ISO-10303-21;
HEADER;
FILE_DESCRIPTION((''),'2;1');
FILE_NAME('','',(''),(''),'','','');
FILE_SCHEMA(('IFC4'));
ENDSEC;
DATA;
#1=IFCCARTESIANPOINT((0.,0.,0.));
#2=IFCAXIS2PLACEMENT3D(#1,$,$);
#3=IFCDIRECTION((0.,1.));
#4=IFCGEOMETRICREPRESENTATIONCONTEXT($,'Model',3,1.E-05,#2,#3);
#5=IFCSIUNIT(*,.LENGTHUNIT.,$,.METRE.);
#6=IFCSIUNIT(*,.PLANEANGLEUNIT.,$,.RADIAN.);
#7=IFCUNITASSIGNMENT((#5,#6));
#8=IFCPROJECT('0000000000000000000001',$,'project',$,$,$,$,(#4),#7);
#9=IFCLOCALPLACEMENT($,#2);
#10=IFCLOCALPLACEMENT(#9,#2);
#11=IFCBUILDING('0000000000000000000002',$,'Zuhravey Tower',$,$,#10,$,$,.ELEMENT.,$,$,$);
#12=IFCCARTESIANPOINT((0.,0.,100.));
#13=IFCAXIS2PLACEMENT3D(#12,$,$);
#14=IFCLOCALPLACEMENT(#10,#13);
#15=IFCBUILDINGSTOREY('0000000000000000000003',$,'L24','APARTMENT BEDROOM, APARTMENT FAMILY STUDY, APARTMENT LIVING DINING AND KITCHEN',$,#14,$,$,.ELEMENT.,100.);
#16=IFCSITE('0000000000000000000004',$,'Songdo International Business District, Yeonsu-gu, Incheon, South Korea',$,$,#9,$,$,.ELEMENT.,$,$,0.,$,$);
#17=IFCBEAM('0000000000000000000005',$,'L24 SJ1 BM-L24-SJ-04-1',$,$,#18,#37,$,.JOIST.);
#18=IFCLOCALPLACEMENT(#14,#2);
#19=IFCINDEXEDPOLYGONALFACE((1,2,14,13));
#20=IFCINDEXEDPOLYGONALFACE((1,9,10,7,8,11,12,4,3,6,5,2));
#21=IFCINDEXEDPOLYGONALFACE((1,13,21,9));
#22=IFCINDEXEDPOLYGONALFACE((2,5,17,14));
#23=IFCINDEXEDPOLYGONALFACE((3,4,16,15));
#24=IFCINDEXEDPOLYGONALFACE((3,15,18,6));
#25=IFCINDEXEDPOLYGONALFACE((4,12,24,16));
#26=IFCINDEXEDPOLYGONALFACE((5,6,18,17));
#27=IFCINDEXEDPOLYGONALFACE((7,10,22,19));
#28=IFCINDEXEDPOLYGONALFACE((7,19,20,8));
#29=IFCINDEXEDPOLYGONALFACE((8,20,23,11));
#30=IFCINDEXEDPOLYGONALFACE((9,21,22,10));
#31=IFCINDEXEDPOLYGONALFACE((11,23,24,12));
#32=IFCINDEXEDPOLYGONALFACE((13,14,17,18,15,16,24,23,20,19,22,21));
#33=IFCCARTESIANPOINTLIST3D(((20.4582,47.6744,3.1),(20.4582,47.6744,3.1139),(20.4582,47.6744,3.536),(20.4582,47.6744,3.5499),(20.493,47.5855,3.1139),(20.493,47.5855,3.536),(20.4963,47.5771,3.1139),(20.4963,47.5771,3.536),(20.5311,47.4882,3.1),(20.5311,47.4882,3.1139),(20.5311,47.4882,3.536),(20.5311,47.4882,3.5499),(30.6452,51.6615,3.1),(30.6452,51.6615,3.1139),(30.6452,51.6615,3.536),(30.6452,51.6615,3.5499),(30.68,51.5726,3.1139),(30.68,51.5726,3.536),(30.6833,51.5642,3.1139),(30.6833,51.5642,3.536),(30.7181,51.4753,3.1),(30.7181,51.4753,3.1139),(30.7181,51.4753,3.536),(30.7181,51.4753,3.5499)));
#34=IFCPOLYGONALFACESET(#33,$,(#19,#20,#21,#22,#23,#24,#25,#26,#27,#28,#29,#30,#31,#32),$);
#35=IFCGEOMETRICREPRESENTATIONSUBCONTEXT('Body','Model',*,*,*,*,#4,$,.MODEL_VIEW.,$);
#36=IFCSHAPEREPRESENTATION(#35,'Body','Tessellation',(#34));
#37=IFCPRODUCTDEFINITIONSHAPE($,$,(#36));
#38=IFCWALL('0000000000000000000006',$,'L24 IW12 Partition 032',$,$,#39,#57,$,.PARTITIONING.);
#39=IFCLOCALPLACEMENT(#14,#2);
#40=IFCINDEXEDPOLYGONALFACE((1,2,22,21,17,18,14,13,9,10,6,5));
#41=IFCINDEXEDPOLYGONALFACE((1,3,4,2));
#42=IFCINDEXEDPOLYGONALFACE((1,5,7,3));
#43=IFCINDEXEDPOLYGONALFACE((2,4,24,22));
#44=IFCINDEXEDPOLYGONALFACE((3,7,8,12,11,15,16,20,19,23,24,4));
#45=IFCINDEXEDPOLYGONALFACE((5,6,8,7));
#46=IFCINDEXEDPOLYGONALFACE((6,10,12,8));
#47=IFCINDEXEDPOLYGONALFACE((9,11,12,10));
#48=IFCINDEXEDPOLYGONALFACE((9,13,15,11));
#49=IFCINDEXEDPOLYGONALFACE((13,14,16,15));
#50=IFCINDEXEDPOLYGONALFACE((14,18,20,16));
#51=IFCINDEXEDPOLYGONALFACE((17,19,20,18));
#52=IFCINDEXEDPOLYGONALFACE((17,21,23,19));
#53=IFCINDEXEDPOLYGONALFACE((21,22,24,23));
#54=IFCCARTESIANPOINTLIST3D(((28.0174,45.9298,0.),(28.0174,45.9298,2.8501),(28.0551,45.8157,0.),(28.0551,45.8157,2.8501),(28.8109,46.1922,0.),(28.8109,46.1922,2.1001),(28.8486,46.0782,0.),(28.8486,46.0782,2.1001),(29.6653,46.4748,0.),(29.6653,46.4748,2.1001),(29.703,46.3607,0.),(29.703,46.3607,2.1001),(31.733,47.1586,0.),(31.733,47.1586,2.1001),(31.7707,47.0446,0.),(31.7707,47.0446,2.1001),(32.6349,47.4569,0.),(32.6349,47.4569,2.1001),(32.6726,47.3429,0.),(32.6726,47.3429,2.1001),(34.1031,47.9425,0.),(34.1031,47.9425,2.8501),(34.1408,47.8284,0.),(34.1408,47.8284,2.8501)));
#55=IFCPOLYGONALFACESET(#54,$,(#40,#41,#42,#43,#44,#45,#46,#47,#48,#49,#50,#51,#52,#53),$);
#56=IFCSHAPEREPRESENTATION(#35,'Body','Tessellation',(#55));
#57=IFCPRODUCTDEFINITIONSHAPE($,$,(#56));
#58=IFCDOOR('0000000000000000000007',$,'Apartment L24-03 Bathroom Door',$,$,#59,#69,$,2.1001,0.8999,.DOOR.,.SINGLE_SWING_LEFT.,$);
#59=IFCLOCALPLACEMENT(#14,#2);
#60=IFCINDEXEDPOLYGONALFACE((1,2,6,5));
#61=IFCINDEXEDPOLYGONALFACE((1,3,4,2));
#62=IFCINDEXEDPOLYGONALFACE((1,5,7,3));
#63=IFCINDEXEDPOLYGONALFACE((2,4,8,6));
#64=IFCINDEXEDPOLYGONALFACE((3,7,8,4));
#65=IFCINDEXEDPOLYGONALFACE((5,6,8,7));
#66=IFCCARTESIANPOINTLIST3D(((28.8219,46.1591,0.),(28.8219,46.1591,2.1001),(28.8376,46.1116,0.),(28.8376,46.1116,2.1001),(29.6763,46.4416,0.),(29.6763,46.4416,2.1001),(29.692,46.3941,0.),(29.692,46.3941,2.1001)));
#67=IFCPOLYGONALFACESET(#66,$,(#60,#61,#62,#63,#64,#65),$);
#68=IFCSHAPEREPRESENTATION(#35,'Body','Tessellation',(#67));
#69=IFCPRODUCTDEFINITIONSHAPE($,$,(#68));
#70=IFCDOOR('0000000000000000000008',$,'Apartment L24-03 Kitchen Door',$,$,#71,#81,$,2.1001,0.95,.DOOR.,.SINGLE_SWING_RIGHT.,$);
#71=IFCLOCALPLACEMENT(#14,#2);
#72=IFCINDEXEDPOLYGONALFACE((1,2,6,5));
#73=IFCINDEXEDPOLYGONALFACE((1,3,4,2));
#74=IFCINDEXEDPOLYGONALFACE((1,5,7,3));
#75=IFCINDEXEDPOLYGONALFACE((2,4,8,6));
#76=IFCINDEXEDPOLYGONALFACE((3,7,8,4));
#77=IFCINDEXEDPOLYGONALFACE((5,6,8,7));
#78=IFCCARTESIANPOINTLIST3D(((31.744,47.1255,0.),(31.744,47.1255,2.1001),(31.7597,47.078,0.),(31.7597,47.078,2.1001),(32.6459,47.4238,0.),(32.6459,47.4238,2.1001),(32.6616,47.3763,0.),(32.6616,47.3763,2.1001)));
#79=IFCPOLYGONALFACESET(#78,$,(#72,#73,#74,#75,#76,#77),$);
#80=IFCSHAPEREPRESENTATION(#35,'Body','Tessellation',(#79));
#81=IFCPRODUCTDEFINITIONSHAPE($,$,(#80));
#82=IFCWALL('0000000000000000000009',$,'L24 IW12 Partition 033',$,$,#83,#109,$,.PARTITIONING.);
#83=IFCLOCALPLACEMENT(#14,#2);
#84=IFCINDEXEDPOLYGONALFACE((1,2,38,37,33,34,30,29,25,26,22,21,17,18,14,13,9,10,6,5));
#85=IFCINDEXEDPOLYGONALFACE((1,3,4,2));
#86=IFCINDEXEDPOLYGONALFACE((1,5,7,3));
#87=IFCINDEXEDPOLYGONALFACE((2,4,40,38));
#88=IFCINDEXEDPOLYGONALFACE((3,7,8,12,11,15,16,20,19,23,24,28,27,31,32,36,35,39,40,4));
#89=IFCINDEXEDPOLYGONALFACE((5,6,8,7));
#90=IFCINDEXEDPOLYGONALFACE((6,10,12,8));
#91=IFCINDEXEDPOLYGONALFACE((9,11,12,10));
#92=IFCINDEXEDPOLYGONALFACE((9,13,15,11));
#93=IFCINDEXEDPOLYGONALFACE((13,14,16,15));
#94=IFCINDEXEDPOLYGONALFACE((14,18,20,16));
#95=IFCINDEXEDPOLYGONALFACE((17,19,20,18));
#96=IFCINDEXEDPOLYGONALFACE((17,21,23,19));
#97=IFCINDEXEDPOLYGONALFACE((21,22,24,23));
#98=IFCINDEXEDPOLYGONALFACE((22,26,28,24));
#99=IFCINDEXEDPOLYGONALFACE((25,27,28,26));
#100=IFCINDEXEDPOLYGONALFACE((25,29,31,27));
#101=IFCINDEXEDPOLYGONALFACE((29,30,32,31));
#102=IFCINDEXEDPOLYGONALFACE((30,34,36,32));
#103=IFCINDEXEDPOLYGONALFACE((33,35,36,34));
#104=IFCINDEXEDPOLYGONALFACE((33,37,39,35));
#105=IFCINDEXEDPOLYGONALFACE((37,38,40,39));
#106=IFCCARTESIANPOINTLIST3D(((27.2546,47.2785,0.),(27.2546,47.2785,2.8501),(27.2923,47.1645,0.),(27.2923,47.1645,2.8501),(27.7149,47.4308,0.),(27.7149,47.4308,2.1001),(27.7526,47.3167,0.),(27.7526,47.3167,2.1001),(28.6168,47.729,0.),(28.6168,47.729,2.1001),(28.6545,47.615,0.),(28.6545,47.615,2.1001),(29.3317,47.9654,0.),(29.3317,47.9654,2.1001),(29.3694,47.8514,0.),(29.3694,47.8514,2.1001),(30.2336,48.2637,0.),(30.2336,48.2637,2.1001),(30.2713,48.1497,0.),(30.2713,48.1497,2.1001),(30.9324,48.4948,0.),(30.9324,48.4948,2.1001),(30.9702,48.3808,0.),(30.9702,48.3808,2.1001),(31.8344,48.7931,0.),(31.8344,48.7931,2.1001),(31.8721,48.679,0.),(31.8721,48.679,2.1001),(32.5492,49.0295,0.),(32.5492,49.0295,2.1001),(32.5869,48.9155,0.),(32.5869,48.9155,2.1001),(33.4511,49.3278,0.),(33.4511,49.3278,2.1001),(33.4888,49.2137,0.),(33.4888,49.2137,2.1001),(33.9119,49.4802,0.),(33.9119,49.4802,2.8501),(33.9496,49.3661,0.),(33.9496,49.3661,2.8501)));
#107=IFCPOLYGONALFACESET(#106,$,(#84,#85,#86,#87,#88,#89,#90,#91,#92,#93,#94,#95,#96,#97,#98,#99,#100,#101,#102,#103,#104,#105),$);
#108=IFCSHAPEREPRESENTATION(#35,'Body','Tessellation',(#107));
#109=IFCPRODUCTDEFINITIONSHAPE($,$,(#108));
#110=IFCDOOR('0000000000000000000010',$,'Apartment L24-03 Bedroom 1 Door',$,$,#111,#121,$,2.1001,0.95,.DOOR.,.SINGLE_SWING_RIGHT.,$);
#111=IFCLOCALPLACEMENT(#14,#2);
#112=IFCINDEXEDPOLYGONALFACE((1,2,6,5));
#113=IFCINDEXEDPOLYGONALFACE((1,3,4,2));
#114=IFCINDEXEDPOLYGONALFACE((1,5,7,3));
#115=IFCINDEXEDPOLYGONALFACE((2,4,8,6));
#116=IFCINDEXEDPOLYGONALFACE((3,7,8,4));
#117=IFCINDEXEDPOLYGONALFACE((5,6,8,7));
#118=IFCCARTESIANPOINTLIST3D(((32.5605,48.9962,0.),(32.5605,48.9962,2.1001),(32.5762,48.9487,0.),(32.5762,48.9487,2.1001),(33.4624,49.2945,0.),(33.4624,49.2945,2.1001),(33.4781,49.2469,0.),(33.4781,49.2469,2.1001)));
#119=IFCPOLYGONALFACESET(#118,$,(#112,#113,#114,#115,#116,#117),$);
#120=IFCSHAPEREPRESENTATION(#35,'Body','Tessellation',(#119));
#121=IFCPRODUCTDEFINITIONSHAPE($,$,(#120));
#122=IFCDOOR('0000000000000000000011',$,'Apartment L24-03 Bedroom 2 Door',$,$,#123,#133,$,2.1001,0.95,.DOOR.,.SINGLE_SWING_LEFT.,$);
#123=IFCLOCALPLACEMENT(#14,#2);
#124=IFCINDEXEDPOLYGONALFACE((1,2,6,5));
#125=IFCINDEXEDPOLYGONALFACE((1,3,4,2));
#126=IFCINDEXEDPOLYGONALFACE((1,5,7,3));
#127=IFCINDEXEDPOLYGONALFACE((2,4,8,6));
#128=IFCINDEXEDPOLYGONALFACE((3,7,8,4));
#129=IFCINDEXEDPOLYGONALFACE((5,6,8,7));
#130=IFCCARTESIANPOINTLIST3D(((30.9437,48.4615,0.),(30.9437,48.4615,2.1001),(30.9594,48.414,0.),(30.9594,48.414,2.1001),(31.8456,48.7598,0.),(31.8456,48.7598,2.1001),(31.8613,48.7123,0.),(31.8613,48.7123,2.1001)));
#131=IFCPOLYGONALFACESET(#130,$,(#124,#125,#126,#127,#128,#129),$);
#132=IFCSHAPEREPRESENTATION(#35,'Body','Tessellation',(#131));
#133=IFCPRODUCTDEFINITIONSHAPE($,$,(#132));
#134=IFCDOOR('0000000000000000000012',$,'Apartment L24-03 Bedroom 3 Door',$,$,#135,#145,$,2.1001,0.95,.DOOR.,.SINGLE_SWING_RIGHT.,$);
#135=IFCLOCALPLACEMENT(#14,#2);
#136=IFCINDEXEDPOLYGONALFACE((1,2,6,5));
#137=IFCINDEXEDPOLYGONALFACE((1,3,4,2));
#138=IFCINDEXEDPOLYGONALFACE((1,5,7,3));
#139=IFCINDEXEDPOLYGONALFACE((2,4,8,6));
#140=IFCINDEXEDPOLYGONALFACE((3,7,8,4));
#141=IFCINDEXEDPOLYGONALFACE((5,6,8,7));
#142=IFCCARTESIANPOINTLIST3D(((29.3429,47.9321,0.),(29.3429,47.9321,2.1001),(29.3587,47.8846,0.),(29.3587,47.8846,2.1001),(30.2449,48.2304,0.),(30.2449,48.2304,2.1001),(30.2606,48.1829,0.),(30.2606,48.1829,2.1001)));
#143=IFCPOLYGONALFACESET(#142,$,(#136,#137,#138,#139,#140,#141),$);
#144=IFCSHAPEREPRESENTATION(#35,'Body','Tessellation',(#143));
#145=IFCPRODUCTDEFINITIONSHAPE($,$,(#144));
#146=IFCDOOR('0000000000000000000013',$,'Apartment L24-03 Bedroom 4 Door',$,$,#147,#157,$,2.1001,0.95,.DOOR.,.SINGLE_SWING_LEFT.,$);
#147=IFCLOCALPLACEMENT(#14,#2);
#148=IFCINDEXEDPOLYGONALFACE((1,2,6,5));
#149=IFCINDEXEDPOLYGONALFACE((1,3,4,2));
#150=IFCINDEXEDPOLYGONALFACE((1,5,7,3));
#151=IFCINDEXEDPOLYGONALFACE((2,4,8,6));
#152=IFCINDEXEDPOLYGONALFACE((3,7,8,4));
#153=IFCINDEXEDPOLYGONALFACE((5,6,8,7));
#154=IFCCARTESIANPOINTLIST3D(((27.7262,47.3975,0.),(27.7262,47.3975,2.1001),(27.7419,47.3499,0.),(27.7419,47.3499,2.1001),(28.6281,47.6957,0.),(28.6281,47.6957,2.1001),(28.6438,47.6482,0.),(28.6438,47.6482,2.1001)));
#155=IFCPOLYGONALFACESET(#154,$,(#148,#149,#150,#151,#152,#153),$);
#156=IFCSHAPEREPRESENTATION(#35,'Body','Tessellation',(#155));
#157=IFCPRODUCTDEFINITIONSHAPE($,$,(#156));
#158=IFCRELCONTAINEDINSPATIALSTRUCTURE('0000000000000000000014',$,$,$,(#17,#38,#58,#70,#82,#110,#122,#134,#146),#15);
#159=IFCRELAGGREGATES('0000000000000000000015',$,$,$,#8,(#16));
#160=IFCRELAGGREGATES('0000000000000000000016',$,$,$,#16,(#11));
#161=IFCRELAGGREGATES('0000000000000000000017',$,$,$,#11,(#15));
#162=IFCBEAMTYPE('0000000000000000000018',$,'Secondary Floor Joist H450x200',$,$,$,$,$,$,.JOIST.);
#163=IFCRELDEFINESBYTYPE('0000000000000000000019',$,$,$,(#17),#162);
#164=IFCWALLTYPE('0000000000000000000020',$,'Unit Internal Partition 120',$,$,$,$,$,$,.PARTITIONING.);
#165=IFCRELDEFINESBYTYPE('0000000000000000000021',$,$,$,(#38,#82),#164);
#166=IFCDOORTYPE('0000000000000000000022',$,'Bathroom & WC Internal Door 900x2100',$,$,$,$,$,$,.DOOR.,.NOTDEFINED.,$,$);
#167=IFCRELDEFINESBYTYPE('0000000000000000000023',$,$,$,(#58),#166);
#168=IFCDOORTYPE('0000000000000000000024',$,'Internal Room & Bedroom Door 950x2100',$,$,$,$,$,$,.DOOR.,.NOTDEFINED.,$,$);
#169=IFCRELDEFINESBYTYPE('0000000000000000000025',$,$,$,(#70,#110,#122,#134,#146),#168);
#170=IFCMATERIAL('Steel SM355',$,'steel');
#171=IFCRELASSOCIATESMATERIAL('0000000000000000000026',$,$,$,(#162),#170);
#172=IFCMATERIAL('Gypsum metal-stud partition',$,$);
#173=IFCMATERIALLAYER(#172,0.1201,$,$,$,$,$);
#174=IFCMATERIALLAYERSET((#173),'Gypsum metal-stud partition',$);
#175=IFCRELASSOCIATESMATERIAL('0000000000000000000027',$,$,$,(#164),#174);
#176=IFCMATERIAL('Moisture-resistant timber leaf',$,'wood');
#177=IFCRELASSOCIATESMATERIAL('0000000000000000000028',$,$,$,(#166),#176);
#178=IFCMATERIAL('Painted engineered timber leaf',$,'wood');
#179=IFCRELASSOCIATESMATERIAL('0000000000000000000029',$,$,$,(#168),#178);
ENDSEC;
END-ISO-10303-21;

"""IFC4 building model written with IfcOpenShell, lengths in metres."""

from ifc_helpers import new_model, si_unit, direction, frame, frame_2d, origin, origin_2d, place, context, subcontext, project, spatial, rectangle, i_section, extrude, material, layer, layer_set, material_profile, profile_set, type_object, element, fill, save


model = new_model("IFC4")

# Units and contexts
model_context = context("Model", 3, precision=1e-05, world=origin(), true_north=direction((0.0, 1.0)))
body_context = subcontext(model_context, "Body", "Model", "MODEL_VIEW")
ifc_project = project(units=[si_unit("LENGTHUNIT", "METRE"), si_unit("PLANEANGLEUNIT", "RADIAN")], contexts=[model_context])

# Site, building, storey
site_placement = place(None, origin())
site = spatial("IfcSite", under=ifc_project, at=site_placement, Name="Songdo International Business District, Yeonsu-gu, Incheon, South Korea", CompositionType="ELEMENT", RefElevation=0.0)
building_placement = place(site_placement, origin())
building = spatial("IfcBuilding", under=site, at=building_placement, Name="Zuhravey Tower", CompositionType="ELEMENT")
storey_placement = place(building_placement, frame((0.0, 0.0, 100.0)))
storey = spatial("IfcBuildingStorey", under=building, at=storey_placement, Name="L24", Description="APARTMENT BEDROOM, APARTMENT FAMILY STUDY, APARTMENT LIVING DINING AND KITCHEN", CompositionType="ELEMENT", Elevation=100.0)

# Beam
ifc_material_1 = material(Name="Steel SM355", Category="steel")
ifc_material_profile = material_profile(ifc_material_1, i_section(OverallWidth=0.2, OverallDepth=0.45, WebThickness=0.009, FlangeThickness=0.0139, at=origin_2d()), Name="H-450x200x9x14")
ifc_profile_set = profile_set([ifc_material_profile], Name="Steel SM355")
beam_type = type_object("IfcBeamType", Name="Secondary Floor Joist H450x200", PredefinedType="JOIST", material=ifc_profile_set)
beam_placement = place(storey_placement, frame((30.6816, 51.5684, 3.325), z_axis=(-0.931217, -0.364466, 0.0), x_axis=(0.364466, -0.931217, 0.0)))
element("IfcBeam", 1, at=beam_placement, inside=storey, type_object=beam_type, Name="L24 SJ1 BM-L24-SJ-04-1", PredefinedType="JOIST", context=body_context, shape_type="SweptSolid", body=[
    extrude(i_section(OverallWidth=0.2, OverallDepth=0.45, WebThickness=0.009, FlangeThickness=0.0139, at=origin_2d()), origin(), (0.0, 0.0, 1.0), 10.9395),
])

# Walls, openings, doors
ifc_material_2 = material(Name="Gypsum metal-stud partition")
ifc_layer = layer(ifc_material_2, 0.1201)
ifc_layer_set = layer_set([ifc_layer], Name="Gypsum metal-stud partition")
wall_type = type_object("IfcWallType", Name="Unit Internal Partition 120", PredefinedType="PARTITIONING", material=ifc_layer_set)
wall_1_placement = place(storey_placement, frame((34.1221, 47.8855, 0.0), z_axis=(0.0, 0.0, 1.0), x_axis=(-0.949423, -0.313999, 0.0)))
wall_1 = element("IfcWall", 2, at=wall_1_placement, inside=storey, type_object=wall_type, Name="L24 IW12 Partition 032", PredefinedType="PARTITIONING", context=body_context, shape_type="SweptSolid", body=[
    extrude(rectangle(XDim=6.4099, YDim=0.1201, at=frame_2d((3.2051, 0.0))), origin(), (0.0, 0.0, 1.0), 2.8501),
])
opening_1_placement = place(wall_1_placement, frame((1.5464, 0.0, 0.0)))
opening_1 = element("IfcOpeningElement", 3, at=opening_1_placement, cuts=wall_1, PredefinedType="OPENING", context=body_context, shape_type="SweptSolid", body=[
    extrude(rectangle(XDim=0.95, YDim=2.1001, at=frame_2d((0.4751, 1.05))), frame((0.0, 0.072, 0.0), z_axis=(0.0, -1.0, 0.0), x_axis=(1.0, 0.0, 0.0)), (0.0, 0.0, 1.0), 0.144),
])
opening_2_placement = place(wall_1_placement, frame((4.6743, 0.0, 0.0)))
opening_2 = element("IfcOpeningElement", 4, at=opening_2_placement, cuts=wall_1, PredefinedType="OPENING", context=body_context, shape_type="SweptSolid", body=[
    extrude(rectangle(XDim=0.8999, YDim=2.1001, at=frame_2d((0.45, 1.05))), frame((0.0, 0.072, 0.0), z_axis=(0.0, -1.0, 0.0), x_axis=(1.0, 0.0, 0.0)), (0.0, 0.0, 1.0), 0.144),
])
ifc_material_3 = material(Name="Moisture-resistant timber leaf", Category="wood")
door_type_1 = type_object("IfcDoorType", Name="Bathroom & WC Internal Door 900x2100", OperationType="NOTDEFINED", PredefinedType="DOOR", material=ifc_material_3)
door_1_placement = place(opening_2_placement, origin())
door_1 = element("IfcDoor", 5, at=door_1_placement, inside=storey, type_object=door_type_1, Name="Apartment L24-03 Bathroom Door", OperationType="SINGLE_SWING_LEFT", OverallHeight=2.1001, OverallWidth=0.8999, PredefinedType="DOOR", context=body_context, shape_type="SweptSolid", body=[
    extrude(rectangle(XDim=0.8999, YDim=2.1001, at=frame_2d((0.45, 1.05))), frame((0.0, 0.0249, 0.0), z_axis=(0.0, -1.0, 0.0), x_axis=(1.0, 0.0, 0.0)), (0.0, 0.0, 1.0), 0.05),
])
fill(opening_2, door_1)
ifc_material_4 = material(Name="Painted engineered timber leaf", Category="wood")
door_type_2 = type_object("IfcDoorType", Name="Internal Room & Bedroom Door 950x2100", OperationType="NOTDEFINED", PredefinedType="DOOR", material=ifc_material_4)
door_2_placement = place(opening_1_placement, origin())
door_2 = element("IfcDoor", 6, at=door_2_placement, inside=storey, type_object=door_type_2, Name="Apartment L24-03 Kitchen Door", OperationType="SINGLE_SWING_RIGHT", OverallHeight=2.1001, OverallWidth=0.95, PredefinedType="DOOR", context=body_context, shape_type="SweptSolid", body=[
    extrude(rectangle(XDim=0.95, YDim=2.1001, at=frame_2d((0.4751, 1.05))), frame((0.0, 0.0249, 0.0), z_axis=(0.0, -1.0, 0.0), x_axis=(1.0, 0.0, 0.0)), (0.0, 0.0, 1.0), 0.05),
])
fill(opening_1, door_2)
wall_2_placement = place(storey_placement, frame((33.9307, 49.4231, 0.0), z_axis=(0.0, 0.0, 1.0), x_axis=(-0.949429, -0.313981, 0.0)))
wall_2 = element("IfcWall", 7, at=wall_2_placement, inside=storey, type_object=wall_type, Name="L24 IW12 Partition 033", PredefinedType="PARTITIONING", context=body_context, shape_type="SweptSolid", body=[
    extrude(rectangle(XDim=7.012, YDim=0.1201, at=frame_2d((3.5059, 0.0))), origin(), (0.0, 0.0, 1.0), 2.8501),
])
opening_3_placement = place(wall_2_placement, frame((0.4851, 0.0, 0.0)))
opening_3 = element("IfcOpeningElement", 8, at=opening_3_placement, cuts=wall_2, PredefinedType="OPENING", context=body_context, shape_type="SweptSolid", body=[
    extrude(rectangle(XDim=0.95, YDim=2.1001, at=frame_2d((0.4751, 1.05))), frame((0.0, 0.072, 0.0), z_axis=(0.0, -1.0, 0.0), x_axis=(1.0, 0.0, 0.0)), (0.0, 0.0, 1.0), 0.144),
])
opening_4_placement = place(wall_2_placement, frame((2.188, 0.0, 0.0)))
opening_4 = element("IfcOpeningElement", 9, at=opening_4_placement, cuts=wall_2, PredefinedType="OPENING", context=body_context, shape_type="SweptSolid", body=[
    extrude(rectangle(XDim=0.95, YDim=2.1001, at=frame_2d((0.4751, 1.05))), frame((0.0, 0.072, 0.0), z_axis=(0.0, -1.0, 0.0), x_axis=(1.0, 0.0, 0.0)), (0.0, 0.0, 1.0), 0.144),
])
opening_5_placement = place(wall_2_placement, frame((3.874, 0.0, 0.0)))
opening_5 = element("IfcOpeningElement", 10, at=opening_5_placement, cuts=wall_2, PredefinedType="OPENING", context=body_context, shape_type="SweptSolid", body=[
    extrude(rectangle(XDim=0.95, YDim=2.1001, at=frame_2d((0.4751, 1.05))), frame((0.0, 0.072, 0.0), z_axis=(0.0, -1.0, 0.0), x_axis=(1.0, 0.0, 0.0)), (0.0, 0.0, 1.0), 0.144),
])
opening_6_placement = place(wall_2_placement, frame((5.5769, 0.0, 0.0)))
opening_6 = element("IfcOpeningElement", 11, at=opening_6_placement, cuts=wall_2, PredefinedType="OPENING", context=body_context, shape_type="SweptSolid", body=[
    extrude(rectangle(XDim=0.95, YDim=2.1001, at=frame_2d((0.4751, 1.05))), frame((0.0, 0.072, 0.0), z_axis=(0.0, -1.0, 0.0), x_axis=(1.0, 0.0, 0.0)), (0.0, 0.0, 1.0), 0.144),
])
door_3_placement = place(opening_3_placement, frame((0.95, 0.0, 0.0), z_axis=(0.0, 0.0, 1.0), x_axis=(-1.0, 0.0, 0.0)))
door_3 = element("IfcDoor", 12, at=door_3_placement, inside=storey, type_object=door_type_2, Name="Apartment L24-03 Bedroom 1 Door", OperationType="SINGLE_SWING_RIGHT", OverallHeight=2.1001, OverallWidth=0.95, PredefinedType="DOOR", context=body_context, shape_type="SweptSolid", body=[
    extrude(rectangle(XDim=0.95, YDim=2.1001, at=frame_2d((0.4751, 1.05))), frame((0.0, 0.0249, 0.0), z_axis=(0.0, -1.0, 0.0), x_axis=(1.0, 0.0, 0.0)), (0.0, 0.0, 1.0), 0.05),
])
fill(opening_3, door_3)
door_4_placement = place(opening_4_placement, frame((0.95, 0.0, 0.0), z_axis=(0.0, 0.0, 1.0), x_axis=(-1.0, 0.0, 0.0)))
door_4 = element("IfcDoor", 13, at=door_4_placement, inside=storey, type_object=door_type_2, Name="Apartment L24-03 Bedroom 2 Door", OperationType="SINGLE_SWING_LEFT", OverallHeight=2.1001, OverallWidth=0.95, PredefinedType="DOOR", context=body_context, shape_type="SweptSolid", body=[
    extrude(rectangle(XDim=0.95, YDim=2.1001, at=frame_2d((0.4751, 1.05))), frame((0.0, 0.0249, 0.0), z_axis=(0.0, -1.0, 0.0), x_axis=(1.0, 0.0, 0.0)), (0.0, 0.0, 1.0), 0.05),
])
fill(opening_4, door_4)
door_5_placement = place(opening_5_placement, frame((0.95, 0.0, 0.0), z_axis=(0.0, 0.0, 1.0), x_axis=(-1.0, 0.0, 0.0)))
door_5 = element("IfcDoor", 14, at=door_5_placement, inside=storey, type_object=door_type_2, Name="Apartment L24-03 Bedroom 3 Door", OperationType="SINGLE_SWING_RIGHT", OverallHeight=2.1001, OverallWidth=0.95, PredefinedType="DOOR", context=body_context, shape_type="SweptSolid", body=[
    extrude(rectangle(XDim=0.95, YDim=2.1001, at=frame_2d((0.4751, 1.05))), frame((0.0, 0.0249, 0.0), z_axis=(0.0, -1.0, 0.0), x_axis=(1.0, 0.0, 0.0)), (0.0, 0.0, 1.0), 0.05),
])
fill(opening_5, door_5)
door_6_placement = place(opening_6_placement, frame((0.95, 0.0, 0.0), z_axis=(0.0, 0.0, 1.0), x_axis=(-1.0, 0.0, 0.0)))
door_6 = element("IfcDoor", 15, at=door_6_placement, inside=storey, type_object=door_type_2, Name="Apartment L24-03 Bedroom 4 Door", OperationType="SINGLE_SWING_LEFT", OverallHeight=2.1001, OverallWidth=0.95, PredefinedType="DOOR", context=body_context, shape_type="SweptSolid", body=[
    extrude(rectangle(XDim=0.95, YDim=2.1001, at=frame_2d((0.4751, 1.05))), frame((0.0, 0.0249, 0.0), z_axis=(0.0, -1.0, 0.0), x_axis=(1.0, 0.0, 0.0)), (0.0, 0.0, 1.0), 0.05),
])
fill(opening_6, door_6)

save(model, "model.ifc")
